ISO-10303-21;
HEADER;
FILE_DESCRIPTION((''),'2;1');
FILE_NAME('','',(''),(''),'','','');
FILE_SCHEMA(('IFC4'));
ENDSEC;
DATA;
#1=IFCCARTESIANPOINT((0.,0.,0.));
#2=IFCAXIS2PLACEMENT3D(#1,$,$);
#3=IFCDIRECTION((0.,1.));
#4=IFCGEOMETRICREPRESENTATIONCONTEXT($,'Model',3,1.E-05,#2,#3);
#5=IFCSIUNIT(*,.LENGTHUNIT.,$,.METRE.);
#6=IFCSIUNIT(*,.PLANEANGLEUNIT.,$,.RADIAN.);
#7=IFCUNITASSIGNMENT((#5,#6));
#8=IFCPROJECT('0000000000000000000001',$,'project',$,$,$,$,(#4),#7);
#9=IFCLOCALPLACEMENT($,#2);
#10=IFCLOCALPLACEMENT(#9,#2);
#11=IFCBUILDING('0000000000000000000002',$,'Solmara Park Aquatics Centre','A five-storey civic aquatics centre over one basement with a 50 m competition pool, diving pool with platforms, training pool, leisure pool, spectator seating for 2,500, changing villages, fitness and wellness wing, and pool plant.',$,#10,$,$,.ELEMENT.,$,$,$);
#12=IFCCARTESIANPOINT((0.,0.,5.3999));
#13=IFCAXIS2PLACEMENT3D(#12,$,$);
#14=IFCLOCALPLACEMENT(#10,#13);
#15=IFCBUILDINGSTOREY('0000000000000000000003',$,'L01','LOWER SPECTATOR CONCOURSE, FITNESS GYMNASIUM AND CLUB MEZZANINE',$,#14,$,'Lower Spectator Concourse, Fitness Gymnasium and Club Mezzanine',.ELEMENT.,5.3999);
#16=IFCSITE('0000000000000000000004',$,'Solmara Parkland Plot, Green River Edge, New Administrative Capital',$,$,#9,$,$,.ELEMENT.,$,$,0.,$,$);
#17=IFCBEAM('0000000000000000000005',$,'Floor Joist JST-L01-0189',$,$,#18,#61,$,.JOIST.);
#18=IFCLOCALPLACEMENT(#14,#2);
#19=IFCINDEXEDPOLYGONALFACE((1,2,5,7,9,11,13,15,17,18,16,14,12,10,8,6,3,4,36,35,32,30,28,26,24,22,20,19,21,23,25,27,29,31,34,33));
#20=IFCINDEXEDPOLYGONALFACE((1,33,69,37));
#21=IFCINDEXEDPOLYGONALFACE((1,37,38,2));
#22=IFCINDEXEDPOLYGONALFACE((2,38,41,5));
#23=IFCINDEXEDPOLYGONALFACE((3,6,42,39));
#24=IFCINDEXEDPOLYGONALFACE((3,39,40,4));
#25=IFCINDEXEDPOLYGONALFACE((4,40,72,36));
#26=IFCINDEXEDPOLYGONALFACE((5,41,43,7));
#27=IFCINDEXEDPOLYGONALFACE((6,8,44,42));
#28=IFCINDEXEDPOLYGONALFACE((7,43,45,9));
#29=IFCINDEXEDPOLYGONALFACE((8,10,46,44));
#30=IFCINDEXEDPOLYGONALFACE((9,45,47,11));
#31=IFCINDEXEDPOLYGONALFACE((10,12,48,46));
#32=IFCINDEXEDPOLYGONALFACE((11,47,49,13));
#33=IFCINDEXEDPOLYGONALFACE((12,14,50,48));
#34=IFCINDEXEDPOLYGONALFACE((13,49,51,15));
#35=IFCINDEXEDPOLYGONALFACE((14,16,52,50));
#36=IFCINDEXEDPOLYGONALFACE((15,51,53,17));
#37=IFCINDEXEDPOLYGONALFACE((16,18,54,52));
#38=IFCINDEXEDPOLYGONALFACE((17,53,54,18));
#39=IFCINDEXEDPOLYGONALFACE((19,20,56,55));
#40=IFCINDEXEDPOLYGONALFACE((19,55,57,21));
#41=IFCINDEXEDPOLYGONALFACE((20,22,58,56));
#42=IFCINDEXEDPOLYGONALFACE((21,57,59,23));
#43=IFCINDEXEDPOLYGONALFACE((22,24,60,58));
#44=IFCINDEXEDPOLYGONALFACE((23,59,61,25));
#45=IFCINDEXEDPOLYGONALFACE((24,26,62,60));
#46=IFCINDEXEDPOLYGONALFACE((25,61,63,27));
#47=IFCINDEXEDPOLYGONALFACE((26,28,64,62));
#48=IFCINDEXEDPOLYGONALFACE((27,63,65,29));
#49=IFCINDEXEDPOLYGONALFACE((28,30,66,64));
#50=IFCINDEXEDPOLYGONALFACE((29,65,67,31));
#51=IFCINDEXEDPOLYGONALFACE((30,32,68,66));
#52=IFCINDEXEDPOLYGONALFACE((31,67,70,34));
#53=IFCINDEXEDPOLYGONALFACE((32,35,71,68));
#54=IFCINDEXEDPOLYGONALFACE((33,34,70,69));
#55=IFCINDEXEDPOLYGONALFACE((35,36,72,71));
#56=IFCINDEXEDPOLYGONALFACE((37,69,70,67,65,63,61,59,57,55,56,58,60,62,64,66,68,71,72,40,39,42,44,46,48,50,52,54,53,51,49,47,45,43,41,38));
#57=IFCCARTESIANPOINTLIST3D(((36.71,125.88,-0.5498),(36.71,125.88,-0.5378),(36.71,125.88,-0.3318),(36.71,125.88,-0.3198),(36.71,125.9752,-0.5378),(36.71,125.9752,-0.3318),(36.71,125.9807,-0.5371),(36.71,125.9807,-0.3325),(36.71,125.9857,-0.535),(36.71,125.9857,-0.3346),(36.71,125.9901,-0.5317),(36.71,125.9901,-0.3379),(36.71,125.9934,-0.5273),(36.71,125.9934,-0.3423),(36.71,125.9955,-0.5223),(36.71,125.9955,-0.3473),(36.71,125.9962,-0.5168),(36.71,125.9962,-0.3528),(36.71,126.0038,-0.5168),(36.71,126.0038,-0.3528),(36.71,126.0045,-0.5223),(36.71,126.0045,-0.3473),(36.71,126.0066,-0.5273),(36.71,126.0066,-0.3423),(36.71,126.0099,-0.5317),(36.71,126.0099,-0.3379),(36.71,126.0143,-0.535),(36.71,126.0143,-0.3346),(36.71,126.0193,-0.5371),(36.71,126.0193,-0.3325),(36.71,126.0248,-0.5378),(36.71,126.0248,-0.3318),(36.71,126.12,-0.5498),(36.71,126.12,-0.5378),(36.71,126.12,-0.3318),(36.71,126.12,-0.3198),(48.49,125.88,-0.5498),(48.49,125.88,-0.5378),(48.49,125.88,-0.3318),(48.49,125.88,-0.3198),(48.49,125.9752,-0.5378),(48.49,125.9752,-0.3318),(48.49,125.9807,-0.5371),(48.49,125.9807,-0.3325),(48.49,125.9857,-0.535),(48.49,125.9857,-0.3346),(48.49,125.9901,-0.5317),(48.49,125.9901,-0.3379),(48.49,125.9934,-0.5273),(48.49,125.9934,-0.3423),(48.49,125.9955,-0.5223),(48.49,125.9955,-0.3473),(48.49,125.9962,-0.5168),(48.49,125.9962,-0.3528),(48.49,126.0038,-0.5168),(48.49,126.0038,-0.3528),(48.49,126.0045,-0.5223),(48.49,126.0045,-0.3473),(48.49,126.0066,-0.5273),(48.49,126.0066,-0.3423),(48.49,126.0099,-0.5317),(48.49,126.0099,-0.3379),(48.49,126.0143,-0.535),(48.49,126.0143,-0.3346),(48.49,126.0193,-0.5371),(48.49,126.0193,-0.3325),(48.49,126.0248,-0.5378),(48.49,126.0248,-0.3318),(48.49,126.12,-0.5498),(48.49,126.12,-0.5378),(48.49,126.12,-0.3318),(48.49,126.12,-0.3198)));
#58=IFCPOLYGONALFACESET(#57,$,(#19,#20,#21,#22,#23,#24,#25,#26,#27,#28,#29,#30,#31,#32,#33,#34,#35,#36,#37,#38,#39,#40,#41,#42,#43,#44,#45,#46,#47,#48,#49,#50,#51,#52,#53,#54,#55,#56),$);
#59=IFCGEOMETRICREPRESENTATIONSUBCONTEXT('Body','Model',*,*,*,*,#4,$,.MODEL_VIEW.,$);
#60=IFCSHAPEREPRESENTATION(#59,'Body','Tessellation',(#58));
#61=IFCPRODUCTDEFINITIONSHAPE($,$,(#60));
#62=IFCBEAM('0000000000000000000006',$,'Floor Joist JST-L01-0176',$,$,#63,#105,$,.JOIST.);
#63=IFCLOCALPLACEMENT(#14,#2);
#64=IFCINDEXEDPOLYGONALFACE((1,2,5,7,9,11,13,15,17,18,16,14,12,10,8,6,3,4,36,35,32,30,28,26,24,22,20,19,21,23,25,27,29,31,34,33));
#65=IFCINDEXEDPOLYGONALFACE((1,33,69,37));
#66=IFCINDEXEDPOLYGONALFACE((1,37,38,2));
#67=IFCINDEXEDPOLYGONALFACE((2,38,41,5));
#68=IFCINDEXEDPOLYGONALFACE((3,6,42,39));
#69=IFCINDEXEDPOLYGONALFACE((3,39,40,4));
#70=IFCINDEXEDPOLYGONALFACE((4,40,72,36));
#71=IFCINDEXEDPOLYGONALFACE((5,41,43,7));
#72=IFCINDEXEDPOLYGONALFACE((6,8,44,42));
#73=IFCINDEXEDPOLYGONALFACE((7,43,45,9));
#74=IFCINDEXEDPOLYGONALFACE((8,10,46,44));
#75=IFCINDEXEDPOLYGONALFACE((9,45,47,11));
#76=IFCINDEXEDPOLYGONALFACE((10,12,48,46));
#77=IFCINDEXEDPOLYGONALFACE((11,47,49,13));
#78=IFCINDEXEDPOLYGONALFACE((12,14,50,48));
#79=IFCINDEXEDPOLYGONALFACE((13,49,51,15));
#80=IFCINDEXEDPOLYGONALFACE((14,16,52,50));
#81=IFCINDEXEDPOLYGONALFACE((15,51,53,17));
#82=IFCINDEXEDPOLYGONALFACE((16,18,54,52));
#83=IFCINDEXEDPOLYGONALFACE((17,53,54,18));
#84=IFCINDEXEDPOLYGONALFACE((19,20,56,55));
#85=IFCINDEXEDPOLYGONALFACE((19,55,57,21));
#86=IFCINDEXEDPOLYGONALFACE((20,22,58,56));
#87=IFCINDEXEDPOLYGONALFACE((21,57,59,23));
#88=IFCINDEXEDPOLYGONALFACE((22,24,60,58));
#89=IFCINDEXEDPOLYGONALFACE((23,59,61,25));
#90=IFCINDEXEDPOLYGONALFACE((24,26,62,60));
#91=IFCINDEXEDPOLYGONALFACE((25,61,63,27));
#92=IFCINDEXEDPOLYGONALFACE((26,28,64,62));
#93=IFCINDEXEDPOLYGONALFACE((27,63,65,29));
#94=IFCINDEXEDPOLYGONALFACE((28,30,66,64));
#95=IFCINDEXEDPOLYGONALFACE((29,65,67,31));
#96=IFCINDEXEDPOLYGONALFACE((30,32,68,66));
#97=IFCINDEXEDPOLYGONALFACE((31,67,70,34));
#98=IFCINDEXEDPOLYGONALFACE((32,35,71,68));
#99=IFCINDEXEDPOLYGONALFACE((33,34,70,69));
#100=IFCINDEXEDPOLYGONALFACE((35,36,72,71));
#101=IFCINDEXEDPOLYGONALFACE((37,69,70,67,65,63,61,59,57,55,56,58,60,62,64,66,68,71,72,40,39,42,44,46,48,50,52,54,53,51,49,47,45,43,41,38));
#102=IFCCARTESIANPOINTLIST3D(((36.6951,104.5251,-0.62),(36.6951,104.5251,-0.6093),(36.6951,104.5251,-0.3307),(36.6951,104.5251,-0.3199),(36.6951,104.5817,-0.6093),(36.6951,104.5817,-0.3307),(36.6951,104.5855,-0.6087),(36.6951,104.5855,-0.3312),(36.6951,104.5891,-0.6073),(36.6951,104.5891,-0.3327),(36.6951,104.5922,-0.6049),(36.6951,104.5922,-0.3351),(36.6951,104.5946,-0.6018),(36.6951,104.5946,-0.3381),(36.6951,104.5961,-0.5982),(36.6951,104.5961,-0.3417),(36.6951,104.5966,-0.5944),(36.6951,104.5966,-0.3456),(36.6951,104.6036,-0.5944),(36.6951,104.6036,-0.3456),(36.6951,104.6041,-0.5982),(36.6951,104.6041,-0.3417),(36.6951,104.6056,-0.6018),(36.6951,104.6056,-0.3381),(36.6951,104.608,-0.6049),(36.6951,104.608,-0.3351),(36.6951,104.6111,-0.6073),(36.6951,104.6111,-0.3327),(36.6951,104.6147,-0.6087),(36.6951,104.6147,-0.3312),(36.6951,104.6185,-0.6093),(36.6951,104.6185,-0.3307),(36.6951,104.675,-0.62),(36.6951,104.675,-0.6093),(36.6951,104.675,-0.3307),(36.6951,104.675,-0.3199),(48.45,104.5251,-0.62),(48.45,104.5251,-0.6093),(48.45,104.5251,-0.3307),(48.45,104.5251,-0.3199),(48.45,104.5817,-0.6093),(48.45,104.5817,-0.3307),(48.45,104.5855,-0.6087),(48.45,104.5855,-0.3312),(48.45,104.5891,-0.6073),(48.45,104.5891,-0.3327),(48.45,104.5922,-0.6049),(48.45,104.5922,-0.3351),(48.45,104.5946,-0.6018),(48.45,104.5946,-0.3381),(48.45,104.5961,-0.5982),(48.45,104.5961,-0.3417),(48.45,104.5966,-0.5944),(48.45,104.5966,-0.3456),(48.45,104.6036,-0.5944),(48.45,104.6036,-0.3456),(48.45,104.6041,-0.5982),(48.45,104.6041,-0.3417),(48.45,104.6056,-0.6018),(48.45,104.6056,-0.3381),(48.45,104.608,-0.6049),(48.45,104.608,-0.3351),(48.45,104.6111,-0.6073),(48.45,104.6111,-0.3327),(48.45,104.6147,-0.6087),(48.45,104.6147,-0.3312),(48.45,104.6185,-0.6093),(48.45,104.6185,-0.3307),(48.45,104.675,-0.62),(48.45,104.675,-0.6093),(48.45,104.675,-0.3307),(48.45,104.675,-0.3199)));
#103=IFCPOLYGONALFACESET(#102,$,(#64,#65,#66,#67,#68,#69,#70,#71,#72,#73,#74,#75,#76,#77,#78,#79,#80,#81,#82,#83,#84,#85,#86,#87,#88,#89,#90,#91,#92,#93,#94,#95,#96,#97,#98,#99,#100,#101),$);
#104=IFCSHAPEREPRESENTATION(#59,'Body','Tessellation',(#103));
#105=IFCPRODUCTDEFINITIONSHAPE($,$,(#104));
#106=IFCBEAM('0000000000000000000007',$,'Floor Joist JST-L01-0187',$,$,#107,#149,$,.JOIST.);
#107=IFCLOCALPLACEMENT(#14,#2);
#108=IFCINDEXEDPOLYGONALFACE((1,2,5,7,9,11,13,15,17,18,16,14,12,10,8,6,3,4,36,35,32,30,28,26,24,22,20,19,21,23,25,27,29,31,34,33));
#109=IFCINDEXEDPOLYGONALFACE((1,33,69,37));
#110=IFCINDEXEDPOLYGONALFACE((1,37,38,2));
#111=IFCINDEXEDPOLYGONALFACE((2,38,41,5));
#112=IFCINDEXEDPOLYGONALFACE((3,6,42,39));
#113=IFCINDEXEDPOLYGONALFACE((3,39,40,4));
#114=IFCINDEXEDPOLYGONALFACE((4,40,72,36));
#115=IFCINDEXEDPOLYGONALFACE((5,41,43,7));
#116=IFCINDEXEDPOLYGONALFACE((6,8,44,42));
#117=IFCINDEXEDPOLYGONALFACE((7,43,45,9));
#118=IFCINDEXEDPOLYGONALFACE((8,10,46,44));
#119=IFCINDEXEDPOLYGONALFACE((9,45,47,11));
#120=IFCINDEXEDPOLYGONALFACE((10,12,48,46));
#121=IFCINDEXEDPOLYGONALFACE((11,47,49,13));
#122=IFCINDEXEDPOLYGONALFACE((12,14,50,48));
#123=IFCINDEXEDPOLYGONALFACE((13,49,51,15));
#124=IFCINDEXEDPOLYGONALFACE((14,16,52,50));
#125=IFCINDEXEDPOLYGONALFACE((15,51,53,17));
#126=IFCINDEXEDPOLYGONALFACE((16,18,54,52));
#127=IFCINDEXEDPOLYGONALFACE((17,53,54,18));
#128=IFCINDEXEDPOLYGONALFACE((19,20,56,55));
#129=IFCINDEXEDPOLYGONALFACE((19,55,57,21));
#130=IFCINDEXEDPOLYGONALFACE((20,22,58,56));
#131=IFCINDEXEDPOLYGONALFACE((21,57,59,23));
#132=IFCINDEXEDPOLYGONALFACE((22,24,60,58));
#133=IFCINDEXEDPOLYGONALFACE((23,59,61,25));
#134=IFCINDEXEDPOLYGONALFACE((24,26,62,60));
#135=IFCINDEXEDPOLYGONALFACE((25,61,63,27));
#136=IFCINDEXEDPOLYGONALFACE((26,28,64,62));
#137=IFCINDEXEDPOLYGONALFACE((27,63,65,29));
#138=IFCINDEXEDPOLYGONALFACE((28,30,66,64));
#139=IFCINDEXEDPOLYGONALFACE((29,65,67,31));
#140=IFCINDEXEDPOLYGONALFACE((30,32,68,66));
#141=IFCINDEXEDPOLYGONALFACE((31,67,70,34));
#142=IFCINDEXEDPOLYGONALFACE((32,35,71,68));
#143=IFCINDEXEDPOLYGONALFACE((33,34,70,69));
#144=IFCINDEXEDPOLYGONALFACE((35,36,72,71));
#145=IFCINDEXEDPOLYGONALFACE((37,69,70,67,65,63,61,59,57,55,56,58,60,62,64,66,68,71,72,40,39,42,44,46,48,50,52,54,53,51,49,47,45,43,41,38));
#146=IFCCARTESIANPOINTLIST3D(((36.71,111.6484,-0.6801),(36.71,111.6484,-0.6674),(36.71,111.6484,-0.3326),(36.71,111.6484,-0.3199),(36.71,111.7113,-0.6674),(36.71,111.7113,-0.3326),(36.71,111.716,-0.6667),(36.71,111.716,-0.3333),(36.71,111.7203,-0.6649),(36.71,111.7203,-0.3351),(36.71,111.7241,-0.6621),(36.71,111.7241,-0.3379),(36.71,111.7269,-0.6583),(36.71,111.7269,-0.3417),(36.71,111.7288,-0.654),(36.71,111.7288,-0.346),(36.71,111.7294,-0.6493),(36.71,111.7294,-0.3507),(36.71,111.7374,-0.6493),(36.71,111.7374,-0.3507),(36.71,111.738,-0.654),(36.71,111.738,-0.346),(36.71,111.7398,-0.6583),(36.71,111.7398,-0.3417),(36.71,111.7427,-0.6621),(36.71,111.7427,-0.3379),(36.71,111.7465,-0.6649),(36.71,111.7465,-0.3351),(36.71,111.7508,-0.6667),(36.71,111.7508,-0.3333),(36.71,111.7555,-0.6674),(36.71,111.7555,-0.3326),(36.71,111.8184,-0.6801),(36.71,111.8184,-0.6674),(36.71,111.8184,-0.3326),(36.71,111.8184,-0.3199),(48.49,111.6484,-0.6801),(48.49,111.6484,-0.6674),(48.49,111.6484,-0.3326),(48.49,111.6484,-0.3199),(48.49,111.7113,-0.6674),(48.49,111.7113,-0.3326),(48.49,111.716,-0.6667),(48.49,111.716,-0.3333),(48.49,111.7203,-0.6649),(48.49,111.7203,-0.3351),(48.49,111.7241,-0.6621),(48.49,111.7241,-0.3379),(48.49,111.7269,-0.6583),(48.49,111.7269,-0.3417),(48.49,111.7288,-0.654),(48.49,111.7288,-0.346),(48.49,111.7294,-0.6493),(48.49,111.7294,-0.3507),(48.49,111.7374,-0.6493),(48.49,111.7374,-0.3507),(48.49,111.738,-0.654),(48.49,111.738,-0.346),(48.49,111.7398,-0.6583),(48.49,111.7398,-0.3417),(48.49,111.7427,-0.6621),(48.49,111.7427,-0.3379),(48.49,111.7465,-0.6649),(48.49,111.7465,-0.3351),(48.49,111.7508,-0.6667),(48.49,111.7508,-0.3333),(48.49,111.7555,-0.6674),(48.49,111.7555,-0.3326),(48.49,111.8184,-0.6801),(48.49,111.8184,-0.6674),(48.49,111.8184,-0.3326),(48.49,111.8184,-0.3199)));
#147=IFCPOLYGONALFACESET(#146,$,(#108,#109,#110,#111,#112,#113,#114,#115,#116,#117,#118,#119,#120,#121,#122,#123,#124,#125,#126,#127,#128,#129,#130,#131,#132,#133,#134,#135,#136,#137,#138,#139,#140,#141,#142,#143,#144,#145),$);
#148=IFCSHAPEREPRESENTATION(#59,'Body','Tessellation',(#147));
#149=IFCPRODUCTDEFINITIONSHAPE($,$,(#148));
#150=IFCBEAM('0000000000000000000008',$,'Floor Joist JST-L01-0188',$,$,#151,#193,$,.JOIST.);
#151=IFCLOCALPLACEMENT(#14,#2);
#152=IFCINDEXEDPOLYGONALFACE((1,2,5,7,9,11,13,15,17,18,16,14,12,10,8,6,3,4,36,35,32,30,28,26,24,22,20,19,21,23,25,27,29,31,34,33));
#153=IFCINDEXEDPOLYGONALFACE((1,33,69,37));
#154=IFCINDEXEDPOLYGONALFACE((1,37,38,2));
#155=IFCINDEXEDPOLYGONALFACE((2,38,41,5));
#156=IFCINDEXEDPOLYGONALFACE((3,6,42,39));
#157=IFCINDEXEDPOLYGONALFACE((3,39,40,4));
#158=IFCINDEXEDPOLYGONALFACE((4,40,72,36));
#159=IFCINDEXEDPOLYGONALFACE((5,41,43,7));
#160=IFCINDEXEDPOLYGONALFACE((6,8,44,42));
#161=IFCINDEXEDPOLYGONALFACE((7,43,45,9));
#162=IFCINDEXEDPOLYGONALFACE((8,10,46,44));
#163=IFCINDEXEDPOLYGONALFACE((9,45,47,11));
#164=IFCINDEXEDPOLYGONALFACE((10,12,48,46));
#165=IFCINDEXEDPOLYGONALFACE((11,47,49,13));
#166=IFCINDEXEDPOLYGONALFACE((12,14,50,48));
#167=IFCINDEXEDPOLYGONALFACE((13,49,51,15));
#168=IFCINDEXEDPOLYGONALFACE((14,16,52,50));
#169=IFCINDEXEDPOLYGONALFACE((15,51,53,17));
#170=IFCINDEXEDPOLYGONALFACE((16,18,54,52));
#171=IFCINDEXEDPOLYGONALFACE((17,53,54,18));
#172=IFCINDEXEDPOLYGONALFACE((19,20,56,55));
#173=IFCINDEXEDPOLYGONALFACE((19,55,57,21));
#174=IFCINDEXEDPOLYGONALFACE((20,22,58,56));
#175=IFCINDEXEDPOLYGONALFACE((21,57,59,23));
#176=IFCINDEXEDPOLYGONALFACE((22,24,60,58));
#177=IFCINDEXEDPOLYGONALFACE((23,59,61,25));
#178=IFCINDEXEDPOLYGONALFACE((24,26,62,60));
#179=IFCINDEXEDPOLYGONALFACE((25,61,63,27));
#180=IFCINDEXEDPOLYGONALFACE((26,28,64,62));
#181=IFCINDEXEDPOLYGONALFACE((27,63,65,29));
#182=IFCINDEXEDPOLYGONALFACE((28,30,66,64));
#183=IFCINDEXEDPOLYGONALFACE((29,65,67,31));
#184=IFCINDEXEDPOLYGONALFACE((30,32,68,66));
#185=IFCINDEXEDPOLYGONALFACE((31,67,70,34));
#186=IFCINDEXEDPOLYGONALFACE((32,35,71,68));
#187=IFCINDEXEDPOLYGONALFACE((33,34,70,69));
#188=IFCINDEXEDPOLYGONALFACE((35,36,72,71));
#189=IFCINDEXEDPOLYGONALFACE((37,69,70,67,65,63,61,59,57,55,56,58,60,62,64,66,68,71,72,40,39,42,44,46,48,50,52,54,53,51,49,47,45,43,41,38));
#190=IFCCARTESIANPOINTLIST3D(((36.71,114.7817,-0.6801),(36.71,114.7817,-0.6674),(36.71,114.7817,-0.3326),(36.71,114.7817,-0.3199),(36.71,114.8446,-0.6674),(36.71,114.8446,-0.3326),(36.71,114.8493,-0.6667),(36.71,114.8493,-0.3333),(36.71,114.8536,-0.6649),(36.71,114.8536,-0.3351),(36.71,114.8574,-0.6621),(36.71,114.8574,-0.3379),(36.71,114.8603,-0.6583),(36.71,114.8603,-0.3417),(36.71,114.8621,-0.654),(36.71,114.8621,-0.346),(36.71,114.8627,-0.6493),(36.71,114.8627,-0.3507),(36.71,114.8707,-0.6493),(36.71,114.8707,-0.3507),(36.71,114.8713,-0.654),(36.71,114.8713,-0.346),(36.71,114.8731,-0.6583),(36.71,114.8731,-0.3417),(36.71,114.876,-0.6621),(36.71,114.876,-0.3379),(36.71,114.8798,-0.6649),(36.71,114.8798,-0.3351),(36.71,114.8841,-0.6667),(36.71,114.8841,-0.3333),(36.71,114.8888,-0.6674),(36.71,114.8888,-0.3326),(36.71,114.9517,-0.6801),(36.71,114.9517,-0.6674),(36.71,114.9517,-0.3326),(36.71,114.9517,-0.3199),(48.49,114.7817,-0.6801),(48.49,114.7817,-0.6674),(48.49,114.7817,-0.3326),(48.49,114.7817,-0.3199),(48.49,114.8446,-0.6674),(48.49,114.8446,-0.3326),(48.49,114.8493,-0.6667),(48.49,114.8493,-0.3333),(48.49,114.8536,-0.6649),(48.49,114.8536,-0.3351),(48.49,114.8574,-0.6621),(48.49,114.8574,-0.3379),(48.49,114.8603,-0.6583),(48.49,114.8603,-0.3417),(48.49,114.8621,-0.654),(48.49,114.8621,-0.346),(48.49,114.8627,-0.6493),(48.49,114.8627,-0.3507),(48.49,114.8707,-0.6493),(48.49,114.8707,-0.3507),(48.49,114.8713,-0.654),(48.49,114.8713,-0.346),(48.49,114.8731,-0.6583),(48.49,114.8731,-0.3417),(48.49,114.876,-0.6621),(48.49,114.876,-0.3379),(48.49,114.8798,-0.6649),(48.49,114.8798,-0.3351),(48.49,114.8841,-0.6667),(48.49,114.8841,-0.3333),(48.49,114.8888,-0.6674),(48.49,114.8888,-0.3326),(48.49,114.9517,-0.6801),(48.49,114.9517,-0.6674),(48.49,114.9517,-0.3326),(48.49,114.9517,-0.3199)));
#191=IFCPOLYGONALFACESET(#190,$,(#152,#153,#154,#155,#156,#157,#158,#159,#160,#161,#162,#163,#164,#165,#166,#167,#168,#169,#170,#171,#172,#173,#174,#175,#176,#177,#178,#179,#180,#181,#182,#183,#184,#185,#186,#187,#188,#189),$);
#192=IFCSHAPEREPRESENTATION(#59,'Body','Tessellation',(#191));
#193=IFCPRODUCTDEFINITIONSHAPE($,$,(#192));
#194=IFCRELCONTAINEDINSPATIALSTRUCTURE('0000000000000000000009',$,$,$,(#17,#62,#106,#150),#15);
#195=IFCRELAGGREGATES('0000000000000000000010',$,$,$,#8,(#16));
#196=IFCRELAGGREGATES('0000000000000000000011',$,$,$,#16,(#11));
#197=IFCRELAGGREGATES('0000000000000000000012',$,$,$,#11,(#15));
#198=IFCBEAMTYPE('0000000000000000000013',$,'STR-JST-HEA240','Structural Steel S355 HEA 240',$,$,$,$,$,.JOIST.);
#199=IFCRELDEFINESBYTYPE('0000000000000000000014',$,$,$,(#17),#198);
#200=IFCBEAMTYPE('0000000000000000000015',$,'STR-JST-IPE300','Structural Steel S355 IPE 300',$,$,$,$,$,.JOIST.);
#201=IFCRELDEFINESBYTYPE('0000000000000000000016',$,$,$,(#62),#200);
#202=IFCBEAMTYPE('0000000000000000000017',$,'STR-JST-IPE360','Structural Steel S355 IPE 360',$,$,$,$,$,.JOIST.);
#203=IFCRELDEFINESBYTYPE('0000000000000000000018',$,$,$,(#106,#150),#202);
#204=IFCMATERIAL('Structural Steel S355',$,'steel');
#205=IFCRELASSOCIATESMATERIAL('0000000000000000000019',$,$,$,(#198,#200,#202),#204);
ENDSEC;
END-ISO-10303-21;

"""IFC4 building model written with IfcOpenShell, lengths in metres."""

from ifc_helpers import new_model, si_unit, direction, frame, origin, origin_2d, place, context, subcontext, project, spatial, i_section, extrude, material, material_profile, profile_set, type_object, element, save


model = new_model("IFC4")

# Units and contexts
model_context = context("Model", 3, precision=1e-05, world=origin(), true_north=direction((0.0, 1.0)))
body_context = subcontext(model_context, "Body", "Model", "MODEL_VIEW")
ifc_project = project(units=[si_unit("LENGTHUNIT", "METRE"), si_unit("PLANEANGLEUNIT", "RADIAN")], contexts=[model_context])

# Site, building, storey
site_placement = place(None, origin())
site = spatial("IfcSite", under=ifc_project, at=site_placement, Name="Solmara Parkland Plot, Green River Edge, New Administrative Capital", CompositionType="ELEMENT", RefElevation=0.0)
building_placement = place(site_placement, origin())
building = spatial("IfcBuilding", under=site, at=building_placement, Name="Solmara Park Aquatics Centre", Description="A five-storey civic aquatics centre over one basement with a 50 m competition pool, diving pool with platforms, training pool, leisure pool, spectator seating for 2,500, changing villages, fitness and wellness wing, and pool plant.", CompositionType="ELEMENT")
storey_placement = place(building_placement, frame((0.0, 0.0, 5.3999)))
storey = spatial("IfcBuildingStorey", under=building, at=storey_placement, Name="L01", Description="LOWER SPECTATOR CONCOURSE, FITNESS GYMNASIUM AND CLUB MEZZANINE", LongName="Lower Spectator Concourse, Fitness Gymnasium and Club Mezzanine", CompositionType="ELEMENT", Elevation=5.3999)

# Shared definitions
ifc_material_1 = material(Name="Structural Steel S355", Category="steel")

# Beams
ifc_material_profile_1 = material_profile(ifc_material_1, i_section(OverallWidth=0.24, OverallDepth=0.23, WebThickness=0.0076, FlangeThickness=0.012, FilletRadius=0.021, at=origin_2d()), Name="HEA 240")
ifc_profile_set_1 = profile_set([ifc_material_profile_1], Name="Structural Steel S355")
beam_type_1 = type_object("IfcBeamType", Name="STR-JST-HEA240", Description="Structural Steel S355 HEA 240", PredefinedType="JOIST", material=ifc_profile_set_1)
beam_1_placement = place(storey_placement, frame((36.71, 126.0, -0.4348), z_axis=(1.0, 0.0, 0.0), x_axis=(0.0, 1.0, 0.0)))
element("IfcBeam", 1, at=beam_1_placement, inside=storey, type_object=beam_type_1, Name="Floor Joist JST-L01-0189", PredefinedType="JOIST", context=body_context, shape_type="SweptSolid", body=[
    extrude(i_section(OverallWidth=0.24, OverallDepth=0.23, WebThickness=0.0076, FlangeThickness=0.012, FilletRadius=0.021, at=origin_2d()), origin(), (0.0, 0.0, 1.0), 11.78),
])
ifc_material_profile_2 = material_profile(ifc_material_1, i_section(OverallWidth=0.1499, OverallDepth=0.3, WebThickness=0.0071, FlangeThickness=0.0107, FilletRadius=0.0149, at=origin_2d()), Name="IPE 300")
ifc_profile_set_2 = profile_set([ifc_material_profile_2], Name="Structural Steel S355")
beam_type_2 = type_object("IfcBeamType", Name="STR-JST-IPE300", Description="Structural Steel S355 IPE 300", PredefinedType="JOIST", material=ifc_profile_set_2)
beam_2_placement = place(storey_placement, frame((36.6951, 104.6001, -0.47), z_axis=(1.0, 0.0, 0.0), x_axis=(0.0, 1.0, 0.0)))
element("IfcBeam", 2, at=beam_2_placement, inside=storey, type_object=beam_type_2, Name="Floor Joist JST-L01-0176", PredefinedType="JOIST", context=body_context, shape_type="SweptSolid", body=[
    extrude(i_section(OverallWidth=0.1499, OverallDepth=0.3, WebThickness=0.0071, FlangeThickness=0.0107, FilletRadius=0.0149, at=origin_2d()), origin(), (0.0, 0.0, 1.0), 11.7549),
])
ifc_material_profile_3 = material_profile(ifc_material_1, i_section(OverallWidth=0.1699, OverallDepth=0.3601, WebThickness=0.0081, FlangeThickness=0.0127, FilletRadius=0.0181, at=origin_2d()), Name="IPE 360")
ifc_profile_set_3 = profile_set([ifc_material_profile_3], Name="Structural Steel S355")
beam_type_3 = type_object("IfcBeamType", Name="STR-JST-IPE360", Description="Structural Steel S355 IPE 360", PredefinedType="JOIST", material=ifc_profile_set_3)
for number, where, z_axis, x_axis, name in (
    (3, (36.71, 111.7334, -0.5), (1.0, 0.0, 0.0), (0.0, 1.0, 0.0), "Floor Joist JST-L01-0187"),
    (4, (36.71, 114.8667, -0.5), (1.0, 0.0, 0.0), (0.0, 1.0, 0.0), "Floor Joist JST-L01-0188"),
):
    element("IfcBeam", number, at=place(storey_placement, frame(where, z_axis=z_axis, x_axis=x_axis)), inside=storey, type_object=beam_type_3, Name=name, PredefinedType="JOIST", context=body_context, shape_type="SweptSolid", body=[
        extrude(i_section(OverallWidth=0.1699, OverallDepth=0.3601, WebThickness=0.0081, FlangeThickness=0.0127, FilletRadius=0.0181, at=origin_2d()), origin(), (0.0, 0.0, 1.0), 11.78),
    ])

save(model, "model.ifc")
